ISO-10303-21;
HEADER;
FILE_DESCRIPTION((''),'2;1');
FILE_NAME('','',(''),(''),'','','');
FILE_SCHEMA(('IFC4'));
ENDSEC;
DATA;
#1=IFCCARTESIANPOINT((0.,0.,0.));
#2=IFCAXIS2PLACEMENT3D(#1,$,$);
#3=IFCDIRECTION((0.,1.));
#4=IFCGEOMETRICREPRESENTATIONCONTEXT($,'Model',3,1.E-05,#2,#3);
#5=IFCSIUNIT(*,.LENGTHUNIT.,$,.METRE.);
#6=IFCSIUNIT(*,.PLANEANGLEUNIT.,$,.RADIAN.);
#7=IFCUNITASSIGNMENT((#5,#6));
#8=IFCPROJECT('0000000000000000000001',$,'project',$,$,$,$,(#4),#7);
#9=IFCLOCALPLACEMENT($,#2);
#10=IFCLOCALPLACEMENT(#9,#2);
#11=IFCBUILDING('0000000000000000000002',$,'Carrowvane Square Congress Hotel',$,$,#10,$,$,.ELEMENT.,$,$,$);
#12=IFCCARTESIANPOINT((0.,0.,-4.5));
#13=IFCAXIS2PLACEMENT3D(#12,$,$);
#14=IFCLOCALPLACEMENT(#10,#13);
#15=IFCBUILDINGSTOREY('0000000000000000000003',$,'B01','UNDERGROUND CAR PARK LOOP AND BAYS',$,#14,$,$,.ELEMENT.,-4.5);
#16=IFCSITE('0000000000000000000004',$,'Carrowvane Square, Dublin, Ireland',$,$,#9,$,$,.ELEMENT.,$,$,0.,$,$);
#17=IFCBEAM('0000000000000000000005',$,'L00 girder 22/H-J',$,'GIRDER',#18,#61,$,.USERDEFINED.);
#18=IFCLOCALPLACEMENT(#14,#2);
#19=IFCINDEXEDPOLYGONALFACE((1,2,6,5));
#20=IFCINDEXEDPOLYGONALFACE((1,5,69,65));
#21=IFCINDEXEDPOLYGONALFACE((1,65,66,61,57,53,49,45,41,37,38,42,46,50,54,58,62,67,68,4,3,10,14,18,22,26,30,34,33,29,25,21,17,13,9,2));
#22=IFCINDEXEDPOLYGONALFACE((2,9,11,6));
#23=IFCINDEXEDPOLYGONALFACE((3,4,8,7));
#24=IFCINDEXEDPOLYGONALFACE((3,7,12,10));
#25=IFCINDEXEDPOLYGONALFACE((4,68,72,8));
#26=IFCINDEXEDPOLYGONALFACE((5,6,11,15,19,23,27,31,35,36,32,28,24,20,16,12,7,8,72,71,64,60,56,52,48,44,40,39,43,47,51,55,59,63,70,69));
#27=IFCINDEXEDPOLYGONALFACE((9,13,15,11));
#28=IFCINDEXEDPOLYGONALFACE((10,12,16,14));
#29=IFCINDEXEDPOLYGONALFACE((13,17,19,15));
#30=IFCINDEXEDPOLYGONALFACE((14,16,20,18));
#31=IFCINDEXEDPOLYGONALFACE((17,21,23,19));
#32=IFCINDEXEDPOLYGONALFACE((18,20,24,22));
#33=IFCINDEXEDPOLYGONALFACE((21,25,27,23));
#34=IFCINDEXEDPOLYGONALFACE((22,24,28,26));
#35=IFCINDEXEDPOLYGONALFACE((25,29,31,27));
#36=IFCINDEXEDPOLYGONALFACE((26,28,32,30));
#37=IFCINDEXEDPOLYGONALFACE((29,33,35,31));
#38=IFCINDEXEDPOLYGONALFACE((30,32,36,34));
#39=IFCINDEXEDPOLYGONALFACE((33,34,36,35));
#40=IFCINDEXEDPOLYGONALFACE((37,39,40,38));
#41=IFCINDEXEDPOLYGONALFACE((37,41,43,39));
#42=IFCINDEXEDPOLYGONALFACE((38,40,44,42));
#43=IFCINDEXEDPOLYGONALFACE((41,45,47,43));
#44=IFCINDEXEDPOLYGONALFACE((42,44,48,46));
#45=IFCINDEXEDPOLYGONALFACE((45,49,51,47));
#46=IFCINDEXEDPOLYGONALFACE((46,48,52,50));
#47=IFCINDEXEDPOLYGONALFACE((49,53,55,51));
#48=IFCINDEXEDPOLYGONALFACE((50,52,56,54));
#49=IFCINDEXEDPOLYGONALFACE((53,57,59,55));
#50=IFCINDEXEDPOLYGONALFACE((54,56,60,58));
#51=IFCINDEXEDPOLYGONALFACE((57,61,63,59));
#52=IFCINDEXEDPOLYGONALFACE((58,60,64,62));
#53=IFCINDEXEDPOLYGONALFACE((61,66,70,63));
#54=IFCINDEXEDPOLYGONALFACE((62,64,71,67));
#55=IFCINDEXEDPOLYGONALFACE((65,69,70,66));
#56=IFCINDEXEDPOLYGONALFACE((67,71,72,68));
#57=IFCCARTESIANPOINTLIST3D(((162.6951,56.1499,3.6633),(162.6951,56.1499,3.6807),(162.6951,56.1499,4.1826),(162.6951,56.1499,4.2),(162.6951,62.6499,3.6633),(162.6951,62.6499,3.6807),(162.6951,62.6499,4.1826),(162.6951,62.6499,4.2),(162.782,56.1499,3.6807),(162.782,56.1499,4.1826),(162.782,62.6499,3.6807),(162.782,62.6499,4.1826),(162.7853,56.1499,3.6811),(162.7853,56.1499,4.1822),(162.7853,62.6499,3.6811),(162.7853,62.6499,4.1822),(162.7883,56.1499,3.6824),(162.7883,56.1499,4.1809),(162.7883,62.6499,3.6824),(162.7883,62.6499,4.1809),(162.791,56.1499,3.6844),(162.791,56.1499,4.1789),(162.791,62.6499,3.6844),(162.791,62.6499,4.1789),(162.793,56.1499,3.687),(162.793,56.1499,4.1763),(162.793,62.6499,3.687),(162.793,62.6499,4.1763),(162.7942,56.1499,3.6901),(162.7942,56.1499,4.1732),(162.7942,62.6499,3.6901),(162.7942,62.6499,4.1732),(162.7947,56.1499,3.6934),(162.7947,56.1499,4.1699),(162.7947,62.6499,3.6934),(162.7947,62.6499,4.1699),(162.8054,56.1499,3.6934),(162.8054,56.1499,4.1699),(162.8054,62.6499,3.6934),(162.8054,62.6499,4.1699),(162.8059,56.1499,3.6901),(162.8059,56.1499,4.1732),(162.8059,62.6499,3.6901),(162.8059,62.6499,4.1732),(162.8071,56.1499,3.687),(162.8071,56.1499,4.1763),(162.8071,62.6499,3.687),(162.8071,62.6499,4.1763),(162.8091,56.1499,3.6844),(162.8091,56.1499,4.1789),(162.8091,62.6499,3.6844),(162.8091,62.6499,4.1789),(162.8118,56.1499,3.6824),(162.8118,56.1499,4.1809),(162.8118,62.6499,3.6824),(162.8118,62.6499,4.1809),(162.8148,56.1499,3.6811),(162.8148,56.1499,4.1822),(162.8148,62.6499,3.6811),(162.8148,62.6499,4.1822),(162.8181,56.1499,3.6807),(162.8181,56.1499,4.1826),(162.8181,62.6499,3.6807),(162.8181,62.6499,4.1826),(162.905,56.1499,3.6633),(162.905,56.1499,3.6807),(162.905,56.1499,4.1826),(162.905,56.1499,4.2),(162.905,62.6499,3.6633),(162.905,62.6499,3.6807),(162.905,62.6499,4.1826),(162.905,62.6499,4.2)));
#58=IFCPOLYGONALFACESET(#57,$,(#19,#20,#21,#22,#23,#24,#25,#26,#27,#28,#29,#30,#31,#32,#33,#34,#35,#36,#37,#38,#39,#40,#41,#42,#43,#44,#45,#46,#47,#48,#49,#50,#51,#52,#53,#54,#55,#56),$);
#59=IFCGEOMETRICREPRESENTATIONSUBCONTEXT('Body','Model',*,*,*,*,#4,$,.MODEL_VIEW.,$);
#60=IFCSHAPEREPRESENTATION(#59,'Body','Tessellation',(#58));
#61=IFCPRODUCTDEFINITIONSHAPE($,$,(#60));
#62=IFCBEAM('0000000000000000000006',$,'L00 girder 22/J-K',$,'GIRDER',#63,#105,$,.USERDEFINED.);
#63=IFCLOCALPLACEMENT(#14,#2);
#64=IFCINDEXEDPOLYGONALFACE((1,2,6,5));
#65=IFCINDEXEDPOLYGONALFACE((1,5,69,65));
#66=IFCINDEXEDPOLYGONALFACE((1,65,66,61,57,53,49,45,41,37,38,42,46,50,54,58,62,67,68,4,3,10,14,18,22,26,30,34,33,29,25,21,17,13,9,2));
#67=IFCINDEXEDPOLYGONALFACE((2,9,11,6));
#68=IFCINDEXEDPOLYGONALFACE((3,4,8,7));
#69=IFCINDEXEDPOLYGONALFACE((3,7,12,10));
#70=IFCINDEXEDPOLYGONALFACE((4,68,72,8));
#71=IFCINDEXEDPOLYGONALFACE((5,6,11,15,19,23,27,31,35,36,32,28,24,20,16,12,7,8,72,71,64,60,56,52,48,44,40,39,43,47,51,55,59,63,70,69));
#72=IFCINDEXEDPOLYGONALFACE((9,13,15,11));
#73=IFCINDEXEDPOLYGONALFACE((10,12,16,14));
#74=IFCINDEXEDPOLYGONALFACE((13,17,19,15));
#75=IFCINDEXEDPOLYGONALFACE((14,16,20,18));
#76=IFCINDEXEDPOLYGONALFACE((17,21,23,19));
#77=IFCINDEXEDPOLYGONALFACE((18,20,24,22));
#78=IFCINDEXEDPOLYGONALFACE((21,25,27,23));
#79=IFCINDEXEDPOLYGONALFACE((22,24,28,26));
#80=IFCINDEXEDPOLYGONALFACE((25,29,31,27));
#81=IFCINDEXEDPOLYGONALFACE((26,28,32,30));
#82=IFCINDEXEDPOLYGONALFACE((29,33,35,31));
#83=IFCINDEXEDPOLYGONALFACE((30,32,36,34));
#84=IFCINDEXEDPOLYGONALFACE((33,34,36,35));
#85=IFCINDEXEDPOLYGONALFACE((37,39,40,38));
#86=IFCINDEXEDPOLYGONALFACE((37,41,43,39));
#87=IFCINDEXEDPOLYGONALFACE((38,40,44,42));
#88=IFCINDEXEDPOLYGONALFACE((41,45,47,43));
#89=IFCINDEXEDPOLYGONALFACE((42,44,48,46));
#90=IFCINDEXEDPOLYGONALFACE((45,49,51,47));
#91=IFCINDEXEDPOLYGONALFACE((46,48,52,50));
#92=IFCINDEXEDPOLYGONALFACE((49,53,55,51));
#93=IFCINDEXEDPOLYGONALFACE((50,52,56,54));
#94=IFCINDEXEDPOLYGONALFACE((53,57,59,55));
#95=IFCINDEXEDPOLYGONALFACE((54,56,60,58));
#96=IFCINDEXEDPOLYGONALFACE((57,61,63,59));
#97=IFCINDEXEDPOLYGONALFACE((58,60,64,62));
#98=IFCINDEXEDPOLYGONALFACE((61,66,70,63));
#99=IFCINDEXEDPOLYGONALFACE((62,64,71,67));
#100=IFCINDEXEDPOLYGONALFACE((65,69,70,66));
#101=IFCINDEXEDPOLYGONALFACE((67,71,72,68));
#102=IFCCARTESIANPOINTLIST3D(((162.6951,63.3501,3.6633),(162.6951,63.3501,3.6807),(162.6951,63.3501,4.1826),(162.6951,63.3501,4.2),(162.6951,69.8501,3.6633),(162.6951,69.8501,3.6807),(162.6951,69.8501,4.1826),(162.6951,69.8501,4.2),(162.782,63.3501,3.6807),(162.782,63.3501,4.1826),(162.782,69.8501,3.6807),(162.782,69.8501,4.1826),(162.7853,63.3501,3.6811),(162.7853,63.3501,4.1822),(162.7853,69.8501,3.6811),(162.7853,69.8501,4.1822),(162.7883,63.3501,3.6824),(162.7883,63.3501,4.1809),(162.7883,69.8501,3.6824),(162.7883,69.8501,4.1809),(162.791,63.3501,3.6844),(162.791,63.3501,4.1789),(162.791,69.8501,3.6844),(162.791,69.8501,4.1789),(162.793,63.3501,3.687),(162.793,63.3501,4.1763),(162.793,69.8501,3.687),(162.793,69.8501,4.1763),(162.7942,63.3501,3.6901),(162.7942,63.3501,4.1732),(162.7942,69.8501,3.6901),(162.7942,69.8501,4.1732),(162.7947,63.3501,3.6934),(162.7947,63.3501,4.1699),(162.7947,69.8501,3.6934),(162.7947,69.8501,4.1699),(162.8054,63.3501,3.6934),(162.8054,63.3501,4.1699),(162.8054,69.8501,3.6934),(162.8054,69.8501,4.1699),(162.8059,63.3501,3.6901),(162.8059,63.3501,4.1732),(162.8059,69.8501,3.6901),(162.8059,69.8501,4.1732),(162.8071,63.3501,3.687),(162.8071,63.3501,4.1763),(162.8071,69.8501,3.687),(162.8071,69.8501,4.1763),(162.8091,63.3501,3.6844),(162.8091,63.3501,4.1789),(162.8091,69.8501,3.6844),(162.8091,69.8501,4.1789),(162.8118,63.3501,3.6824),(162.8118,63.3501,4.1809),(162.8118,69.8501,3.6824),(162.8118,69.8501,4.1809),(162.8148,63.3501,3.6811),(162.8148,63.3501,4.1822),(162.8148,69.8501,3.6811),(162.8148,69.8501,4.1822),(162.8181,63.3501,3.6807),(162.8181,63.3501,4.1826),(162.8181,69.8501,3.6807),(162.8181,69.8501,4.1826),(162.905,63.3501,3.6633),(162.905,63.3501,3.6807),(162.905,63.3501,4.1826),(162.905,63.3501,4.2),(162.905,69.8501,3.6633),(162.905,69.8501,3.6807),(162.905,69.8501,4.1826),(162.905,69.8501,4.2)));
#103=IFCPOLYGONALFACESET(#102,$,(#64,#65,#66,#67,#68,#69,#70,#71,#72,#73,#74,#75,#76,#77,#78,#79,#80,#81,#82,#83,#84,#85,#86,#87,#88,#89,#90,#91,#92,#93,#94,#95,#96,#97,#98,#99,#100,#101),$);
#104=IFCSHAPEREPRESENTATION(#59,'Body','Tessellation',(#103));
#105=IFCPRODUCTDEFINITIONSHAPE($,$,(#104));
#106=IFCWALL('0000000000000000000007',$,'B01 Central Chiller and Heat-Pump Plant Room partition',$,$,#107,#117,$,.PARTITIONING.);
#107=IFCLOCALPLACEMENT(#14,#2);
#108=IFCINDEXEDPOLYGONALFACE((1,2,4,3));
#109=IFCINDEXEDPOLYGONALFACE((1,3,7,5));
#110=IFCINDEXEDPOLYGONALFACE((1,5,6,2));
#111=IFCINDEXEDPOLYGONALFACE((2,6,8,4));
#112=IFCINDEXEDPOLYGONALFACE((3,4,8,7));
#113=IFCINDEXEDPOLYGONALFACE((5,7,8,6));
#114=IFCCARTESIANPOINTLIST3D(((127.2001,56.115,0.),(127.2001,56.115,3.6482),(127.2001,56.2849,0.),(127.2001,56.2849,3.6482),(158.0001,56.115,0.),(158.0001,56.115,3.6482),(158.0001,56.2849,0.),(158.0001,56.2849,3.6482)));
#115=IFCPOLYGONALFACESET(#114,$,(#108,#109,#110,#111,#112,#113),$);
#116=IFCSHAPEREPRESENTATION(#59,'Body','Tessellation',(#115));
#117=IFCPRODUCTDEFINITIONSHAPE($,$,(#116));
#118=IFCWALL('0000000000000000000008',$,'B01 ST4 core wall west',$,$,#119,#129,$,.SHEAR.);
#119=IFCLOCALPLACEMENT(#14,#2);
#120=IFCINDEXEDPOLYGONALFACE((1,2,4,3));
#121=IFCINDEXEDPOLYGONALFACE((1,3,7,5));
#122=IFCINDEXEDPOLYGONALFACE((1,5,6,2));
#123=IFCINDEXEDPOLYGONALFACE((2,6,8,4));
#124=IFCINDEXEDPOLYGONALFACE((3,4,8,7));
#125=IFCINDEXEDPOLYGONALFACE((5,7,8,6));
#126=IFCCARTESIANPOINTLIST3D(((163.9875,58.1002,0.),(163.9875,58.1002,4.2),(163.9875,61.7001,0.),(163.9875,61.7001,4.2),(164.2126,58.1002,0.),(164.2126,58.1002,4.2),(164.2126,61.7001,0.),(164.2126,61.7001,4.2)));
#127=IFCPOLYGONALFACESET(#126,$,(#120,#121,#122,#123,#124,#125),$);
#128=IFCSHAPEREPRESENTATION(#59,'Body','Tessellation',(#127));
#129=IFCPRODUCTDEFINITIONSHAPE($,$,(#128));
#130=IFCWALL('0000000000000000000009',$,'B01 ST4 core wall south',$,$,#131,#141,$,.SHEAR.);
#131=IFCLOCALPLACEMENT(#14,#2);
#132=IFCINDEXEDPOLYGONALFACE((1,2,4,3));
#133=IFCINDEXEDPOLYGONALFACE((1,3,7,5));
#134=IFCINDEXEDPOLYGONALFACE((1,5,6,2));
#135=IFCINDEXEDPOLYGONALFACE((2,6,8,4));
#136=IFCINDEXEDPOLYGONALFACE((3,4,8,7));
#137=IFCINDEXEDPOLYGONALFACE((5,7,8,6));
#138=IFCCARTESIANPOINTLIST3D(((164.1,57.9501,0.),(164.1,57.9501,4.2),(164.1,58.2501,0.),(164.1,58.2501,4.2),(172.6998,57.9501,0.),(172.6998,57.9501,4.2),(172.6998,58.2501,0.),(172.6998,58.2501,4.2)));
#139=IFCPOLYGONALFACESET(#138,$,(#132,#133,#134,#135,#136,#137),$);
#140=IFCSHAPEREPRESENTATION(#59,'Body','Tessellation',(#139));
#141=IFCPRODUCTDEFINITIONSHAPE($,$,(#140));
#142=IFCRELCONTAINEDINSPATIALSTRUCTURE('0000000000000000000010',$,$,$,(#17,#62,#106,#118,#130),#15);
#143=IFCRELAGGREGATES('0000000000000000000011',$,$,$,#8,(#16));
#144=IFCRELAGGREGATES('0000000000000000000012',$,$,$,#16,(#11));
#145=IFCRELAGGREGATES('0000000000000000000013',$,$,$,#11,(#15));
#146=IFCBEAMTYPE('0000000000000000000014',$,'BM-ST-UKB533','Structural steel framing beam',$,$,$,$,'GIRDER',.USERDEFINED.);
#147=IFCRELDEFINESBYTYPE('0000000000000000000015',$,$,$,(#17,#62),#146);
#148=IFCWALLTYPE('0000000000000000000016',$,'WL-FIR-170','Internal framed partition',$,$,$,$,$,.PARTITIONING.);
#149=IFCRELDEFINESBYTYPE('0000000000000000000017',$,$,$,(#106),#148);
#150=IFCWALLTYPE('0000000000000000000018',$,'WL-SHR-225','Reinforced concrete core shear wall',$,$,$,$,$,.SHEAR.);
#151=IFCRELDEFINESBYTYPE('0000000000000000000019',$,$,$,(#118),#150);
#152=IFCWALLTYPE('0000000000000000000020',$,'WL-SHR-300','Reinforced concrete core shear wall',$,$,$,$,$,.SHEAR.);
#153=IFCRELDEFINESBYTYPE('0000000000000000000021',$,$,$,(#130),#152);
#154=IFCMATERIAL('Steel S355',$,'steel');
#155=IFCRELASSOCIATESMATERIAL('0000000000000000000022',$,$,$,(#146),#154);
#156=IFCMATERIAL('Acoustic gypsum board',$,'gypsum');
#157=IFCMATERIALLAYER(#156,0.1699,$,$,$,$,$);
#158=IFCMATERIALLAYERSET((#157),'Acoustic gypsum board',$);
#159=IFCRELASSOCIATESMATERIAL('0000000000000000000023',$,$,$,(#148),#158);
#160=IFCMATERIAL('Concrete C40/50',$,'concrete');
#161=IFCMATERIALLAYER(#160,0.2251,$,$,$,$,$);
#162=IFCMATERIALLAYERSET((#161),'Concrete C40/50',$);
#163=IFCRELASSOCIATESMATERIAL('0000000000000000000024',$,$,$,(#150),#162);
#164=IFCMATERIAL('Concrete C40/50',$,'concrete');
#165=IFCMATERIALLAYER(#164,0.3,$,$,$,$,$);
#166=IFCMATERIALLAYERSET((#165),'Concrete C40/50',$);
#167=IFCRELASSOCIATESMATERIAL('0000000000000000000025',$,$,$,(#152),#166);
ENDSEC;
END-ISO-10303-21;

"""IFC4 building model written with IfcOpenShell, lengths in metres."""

from ifc_helpers import new_model, si_unit, direction, frame, frame_2d, origin, origin_2d, place, context, subcontext, project, spatial, rectangle, i_section, extrude, material, layer, layer_set, material_profile, profile_set, type_object, element, save


model = new_model("IFC4")

# Units and contexts
model_context = context("Model", 3, precision=1e-05, world=origin(), true_north=direction((0.0, 1.0)))
body_context = subcontext(model_context, "Body", "Model", "MODEL_VIEW")
ifc_project = project(units=[si_unit("LENGTHUNIT", "METRE"), si_unit("PLANEANGLEUNIT", "RADIAN")], contexts=[model_context])

# Site, building, storey
site_placement = place(None, origin())
site = spatial("IfcSite", under=ifc_project, at=site_placement, Name="Carrowvane Square, Dublin, Ireland", CompositionType="ELEMENT", RefElevation=0.0)
building_placement = place(site_placement, origin())
building = spatial("IfcBuilding", under=site, at=building_placement, Name="Carrowvane Square Congress Hotel", CompositionType="ELEMENT")
storey_placement = place(building_placement, frame((0.0, 0.0, -4.5)))
storey = spatial("IfcBuildingStorey", under=building, at=storey_placement, Name="B01", Description="UNDERGROUND CAR PARK LOOP AND BAYS", CompositionType="ELEMENT", Elevation=-4.5)

# Beams
ifc_material_1 = material(Name="Steel S355", Category="steel")
ifc_material_profile_1 = material_profile(ifc_material_1, i_section(OverallWidth=0.21, OverallDepth=0.5366, WebThickness=0.0107, FlangeThickness=0.0173, FilletRadius=0.0127, at=origin_2d()), Name="UKB 533x210x101")
ifc_profile_set_1 = profile_set([ifc_material_profile_1], Name="Steel S355")
beam_type_1 = type_object("IfcBeamType", Name="BM-ST-UKB533", Description="Structural steel framing beam", ElementType="GIRDER", PredefinedType="USERDEFINED", material=ifc_profile_set_1)
for number, where, z_axis, x_axis, name in (
    (1, (162.8, 56.1499, 3.9316), (0.0, 1.0, 0.0), (-1.0, 0.0, 0.0), "L00 girder 22/H-J"),
    (2, (162.8, 63.3501, 3.9316), (0.0, 1.0, 0.0), (-1.0, 0.0, 0.0), "L00 girder 22/J-K"),
):
    element("IfcBeam", number, at=place(storey_placement, frame(where, z_axis=z_axis, x_axis=x_axis)), inside=storey, type_object=beam_type_1, Name=name, ObjectType="GIRDER", PredefinedType="USERDEFINED", context=body_context, shape_type="SweptSolid", body=[
        extrude(i_section(OverallWidth=0.21, OverallDepth=0.5366, WebThickness=0.0107, FlangeThickness=0.0173, FilletRadius=0.0127, at=origin_2d()), origin(), (0.0, 0.0, 1.0), 6.5),
    ])

# Walls
ifc_material_2 = material(Name="Acoustic gypsum board", Category="gypsum")
ifc_layer_1 = layer(ifc_material_2, 0.1699)
ifc_layer_set_1 = layer_set([ifc_layer_1], Name="Acoustic gypsum board")
wall_type_1 = type_object("IfcWallType", Name="WL-FIR-170", Description="Internal framed partition", PredefinedType="PARTITIONING", material=ifc_layer_set_1)
wall_1_placement = place(storey_placement, frame((158.0, 56.2, 0.0), z_axis=(0.0, 0.0, 1.0), x_axis=(-1.0, 0.0, 0.0)))
element("IfcWall", 3, at=wall_1_placement, inside=storey, type_object=wall_type_1, Name="B01 Central Chiller and Heat-Pump Plant Room partition", PredefinedType="PARTITIONING", context=body_context, shape_type="SweptSolid", body=[
    extrude(rectangle(XDim=30.8, YDim=0.1699, at=frame_2d((15.3999, 0.0))), origin(), (0.0, 0.0, 1.0), 3.6482),
])
ifc_material_3 = material(Name="Concrete C40/50", Category="concrete")
ifc_layer_2 = layer(ifc_material_3, 0.2251)
ifc_layer_set_2 = layer_set([ifc_layer_2], Name="Concrete C40/50")
wall_type_2 = type_object("IfcWallType", Name="WL-SHR-225", Description="Reinforced concrete core shear wall", PredefinedType="SHEAR", material=ifc_layer_set_2)
wall_2_placement = place(storey_placement, frame((164.1001, 61.7, 0.0), z_axis=(0.0, 0.0, 1.0), x_axis=(0.0, -1.0, 0.0)))
element("IfcWall", 4, at=wall_2_placement, inside=storey, type_object=wall_type_2, Name="B01 ST4 core wall west", PredefinedType="SHEAR", context=body_context, shape_type="SweptSolid", body=[
    extrude(rectangle(XDim=3.5999, YDim=0.2251, at=frame_2d((1.7998, 0.0))), origin(), (0.0, 0.0, 1.0), 4.2),
])
ifc_material_4 = material(Name="Concrete C40/50", Category="concrete")
ifc_layer_3 = layer(ifc_material_4, 0.3)
ifc_layer_set_3 = layer_set([ifc_layer_3], Name="Concrete C40/50")
wall_type_3 = type_object("IfcWallType", Name="WL-SHR-300", Description="Reinforced concrete core shear wall", PredefinedType="SHEAR", material=ifc_layer_set_3)
wall_3_placement = place(storey_placement, frame((164.1001, 58.1001, 0.0), z_axis=(0.0, 0.0, 1.0), x_axis=(1.0, 0.0, 0.0)))
element("IfcWall", 5, at=wall_3_placement, inside=storey, type_object=wall_type_3, Name="B01 ST4 core wall south", PredefinedType="SHEAR", context=body_context, shape_type="SweptSolid", body=[
    extrude(rectangle(XDim=8.5999, YDim=0.3, at=frame_2d((4.2998, 0.0))), origin(), (0.0, 0.0, 1.0), 4.2),
])

save(model, "model.ifc")
